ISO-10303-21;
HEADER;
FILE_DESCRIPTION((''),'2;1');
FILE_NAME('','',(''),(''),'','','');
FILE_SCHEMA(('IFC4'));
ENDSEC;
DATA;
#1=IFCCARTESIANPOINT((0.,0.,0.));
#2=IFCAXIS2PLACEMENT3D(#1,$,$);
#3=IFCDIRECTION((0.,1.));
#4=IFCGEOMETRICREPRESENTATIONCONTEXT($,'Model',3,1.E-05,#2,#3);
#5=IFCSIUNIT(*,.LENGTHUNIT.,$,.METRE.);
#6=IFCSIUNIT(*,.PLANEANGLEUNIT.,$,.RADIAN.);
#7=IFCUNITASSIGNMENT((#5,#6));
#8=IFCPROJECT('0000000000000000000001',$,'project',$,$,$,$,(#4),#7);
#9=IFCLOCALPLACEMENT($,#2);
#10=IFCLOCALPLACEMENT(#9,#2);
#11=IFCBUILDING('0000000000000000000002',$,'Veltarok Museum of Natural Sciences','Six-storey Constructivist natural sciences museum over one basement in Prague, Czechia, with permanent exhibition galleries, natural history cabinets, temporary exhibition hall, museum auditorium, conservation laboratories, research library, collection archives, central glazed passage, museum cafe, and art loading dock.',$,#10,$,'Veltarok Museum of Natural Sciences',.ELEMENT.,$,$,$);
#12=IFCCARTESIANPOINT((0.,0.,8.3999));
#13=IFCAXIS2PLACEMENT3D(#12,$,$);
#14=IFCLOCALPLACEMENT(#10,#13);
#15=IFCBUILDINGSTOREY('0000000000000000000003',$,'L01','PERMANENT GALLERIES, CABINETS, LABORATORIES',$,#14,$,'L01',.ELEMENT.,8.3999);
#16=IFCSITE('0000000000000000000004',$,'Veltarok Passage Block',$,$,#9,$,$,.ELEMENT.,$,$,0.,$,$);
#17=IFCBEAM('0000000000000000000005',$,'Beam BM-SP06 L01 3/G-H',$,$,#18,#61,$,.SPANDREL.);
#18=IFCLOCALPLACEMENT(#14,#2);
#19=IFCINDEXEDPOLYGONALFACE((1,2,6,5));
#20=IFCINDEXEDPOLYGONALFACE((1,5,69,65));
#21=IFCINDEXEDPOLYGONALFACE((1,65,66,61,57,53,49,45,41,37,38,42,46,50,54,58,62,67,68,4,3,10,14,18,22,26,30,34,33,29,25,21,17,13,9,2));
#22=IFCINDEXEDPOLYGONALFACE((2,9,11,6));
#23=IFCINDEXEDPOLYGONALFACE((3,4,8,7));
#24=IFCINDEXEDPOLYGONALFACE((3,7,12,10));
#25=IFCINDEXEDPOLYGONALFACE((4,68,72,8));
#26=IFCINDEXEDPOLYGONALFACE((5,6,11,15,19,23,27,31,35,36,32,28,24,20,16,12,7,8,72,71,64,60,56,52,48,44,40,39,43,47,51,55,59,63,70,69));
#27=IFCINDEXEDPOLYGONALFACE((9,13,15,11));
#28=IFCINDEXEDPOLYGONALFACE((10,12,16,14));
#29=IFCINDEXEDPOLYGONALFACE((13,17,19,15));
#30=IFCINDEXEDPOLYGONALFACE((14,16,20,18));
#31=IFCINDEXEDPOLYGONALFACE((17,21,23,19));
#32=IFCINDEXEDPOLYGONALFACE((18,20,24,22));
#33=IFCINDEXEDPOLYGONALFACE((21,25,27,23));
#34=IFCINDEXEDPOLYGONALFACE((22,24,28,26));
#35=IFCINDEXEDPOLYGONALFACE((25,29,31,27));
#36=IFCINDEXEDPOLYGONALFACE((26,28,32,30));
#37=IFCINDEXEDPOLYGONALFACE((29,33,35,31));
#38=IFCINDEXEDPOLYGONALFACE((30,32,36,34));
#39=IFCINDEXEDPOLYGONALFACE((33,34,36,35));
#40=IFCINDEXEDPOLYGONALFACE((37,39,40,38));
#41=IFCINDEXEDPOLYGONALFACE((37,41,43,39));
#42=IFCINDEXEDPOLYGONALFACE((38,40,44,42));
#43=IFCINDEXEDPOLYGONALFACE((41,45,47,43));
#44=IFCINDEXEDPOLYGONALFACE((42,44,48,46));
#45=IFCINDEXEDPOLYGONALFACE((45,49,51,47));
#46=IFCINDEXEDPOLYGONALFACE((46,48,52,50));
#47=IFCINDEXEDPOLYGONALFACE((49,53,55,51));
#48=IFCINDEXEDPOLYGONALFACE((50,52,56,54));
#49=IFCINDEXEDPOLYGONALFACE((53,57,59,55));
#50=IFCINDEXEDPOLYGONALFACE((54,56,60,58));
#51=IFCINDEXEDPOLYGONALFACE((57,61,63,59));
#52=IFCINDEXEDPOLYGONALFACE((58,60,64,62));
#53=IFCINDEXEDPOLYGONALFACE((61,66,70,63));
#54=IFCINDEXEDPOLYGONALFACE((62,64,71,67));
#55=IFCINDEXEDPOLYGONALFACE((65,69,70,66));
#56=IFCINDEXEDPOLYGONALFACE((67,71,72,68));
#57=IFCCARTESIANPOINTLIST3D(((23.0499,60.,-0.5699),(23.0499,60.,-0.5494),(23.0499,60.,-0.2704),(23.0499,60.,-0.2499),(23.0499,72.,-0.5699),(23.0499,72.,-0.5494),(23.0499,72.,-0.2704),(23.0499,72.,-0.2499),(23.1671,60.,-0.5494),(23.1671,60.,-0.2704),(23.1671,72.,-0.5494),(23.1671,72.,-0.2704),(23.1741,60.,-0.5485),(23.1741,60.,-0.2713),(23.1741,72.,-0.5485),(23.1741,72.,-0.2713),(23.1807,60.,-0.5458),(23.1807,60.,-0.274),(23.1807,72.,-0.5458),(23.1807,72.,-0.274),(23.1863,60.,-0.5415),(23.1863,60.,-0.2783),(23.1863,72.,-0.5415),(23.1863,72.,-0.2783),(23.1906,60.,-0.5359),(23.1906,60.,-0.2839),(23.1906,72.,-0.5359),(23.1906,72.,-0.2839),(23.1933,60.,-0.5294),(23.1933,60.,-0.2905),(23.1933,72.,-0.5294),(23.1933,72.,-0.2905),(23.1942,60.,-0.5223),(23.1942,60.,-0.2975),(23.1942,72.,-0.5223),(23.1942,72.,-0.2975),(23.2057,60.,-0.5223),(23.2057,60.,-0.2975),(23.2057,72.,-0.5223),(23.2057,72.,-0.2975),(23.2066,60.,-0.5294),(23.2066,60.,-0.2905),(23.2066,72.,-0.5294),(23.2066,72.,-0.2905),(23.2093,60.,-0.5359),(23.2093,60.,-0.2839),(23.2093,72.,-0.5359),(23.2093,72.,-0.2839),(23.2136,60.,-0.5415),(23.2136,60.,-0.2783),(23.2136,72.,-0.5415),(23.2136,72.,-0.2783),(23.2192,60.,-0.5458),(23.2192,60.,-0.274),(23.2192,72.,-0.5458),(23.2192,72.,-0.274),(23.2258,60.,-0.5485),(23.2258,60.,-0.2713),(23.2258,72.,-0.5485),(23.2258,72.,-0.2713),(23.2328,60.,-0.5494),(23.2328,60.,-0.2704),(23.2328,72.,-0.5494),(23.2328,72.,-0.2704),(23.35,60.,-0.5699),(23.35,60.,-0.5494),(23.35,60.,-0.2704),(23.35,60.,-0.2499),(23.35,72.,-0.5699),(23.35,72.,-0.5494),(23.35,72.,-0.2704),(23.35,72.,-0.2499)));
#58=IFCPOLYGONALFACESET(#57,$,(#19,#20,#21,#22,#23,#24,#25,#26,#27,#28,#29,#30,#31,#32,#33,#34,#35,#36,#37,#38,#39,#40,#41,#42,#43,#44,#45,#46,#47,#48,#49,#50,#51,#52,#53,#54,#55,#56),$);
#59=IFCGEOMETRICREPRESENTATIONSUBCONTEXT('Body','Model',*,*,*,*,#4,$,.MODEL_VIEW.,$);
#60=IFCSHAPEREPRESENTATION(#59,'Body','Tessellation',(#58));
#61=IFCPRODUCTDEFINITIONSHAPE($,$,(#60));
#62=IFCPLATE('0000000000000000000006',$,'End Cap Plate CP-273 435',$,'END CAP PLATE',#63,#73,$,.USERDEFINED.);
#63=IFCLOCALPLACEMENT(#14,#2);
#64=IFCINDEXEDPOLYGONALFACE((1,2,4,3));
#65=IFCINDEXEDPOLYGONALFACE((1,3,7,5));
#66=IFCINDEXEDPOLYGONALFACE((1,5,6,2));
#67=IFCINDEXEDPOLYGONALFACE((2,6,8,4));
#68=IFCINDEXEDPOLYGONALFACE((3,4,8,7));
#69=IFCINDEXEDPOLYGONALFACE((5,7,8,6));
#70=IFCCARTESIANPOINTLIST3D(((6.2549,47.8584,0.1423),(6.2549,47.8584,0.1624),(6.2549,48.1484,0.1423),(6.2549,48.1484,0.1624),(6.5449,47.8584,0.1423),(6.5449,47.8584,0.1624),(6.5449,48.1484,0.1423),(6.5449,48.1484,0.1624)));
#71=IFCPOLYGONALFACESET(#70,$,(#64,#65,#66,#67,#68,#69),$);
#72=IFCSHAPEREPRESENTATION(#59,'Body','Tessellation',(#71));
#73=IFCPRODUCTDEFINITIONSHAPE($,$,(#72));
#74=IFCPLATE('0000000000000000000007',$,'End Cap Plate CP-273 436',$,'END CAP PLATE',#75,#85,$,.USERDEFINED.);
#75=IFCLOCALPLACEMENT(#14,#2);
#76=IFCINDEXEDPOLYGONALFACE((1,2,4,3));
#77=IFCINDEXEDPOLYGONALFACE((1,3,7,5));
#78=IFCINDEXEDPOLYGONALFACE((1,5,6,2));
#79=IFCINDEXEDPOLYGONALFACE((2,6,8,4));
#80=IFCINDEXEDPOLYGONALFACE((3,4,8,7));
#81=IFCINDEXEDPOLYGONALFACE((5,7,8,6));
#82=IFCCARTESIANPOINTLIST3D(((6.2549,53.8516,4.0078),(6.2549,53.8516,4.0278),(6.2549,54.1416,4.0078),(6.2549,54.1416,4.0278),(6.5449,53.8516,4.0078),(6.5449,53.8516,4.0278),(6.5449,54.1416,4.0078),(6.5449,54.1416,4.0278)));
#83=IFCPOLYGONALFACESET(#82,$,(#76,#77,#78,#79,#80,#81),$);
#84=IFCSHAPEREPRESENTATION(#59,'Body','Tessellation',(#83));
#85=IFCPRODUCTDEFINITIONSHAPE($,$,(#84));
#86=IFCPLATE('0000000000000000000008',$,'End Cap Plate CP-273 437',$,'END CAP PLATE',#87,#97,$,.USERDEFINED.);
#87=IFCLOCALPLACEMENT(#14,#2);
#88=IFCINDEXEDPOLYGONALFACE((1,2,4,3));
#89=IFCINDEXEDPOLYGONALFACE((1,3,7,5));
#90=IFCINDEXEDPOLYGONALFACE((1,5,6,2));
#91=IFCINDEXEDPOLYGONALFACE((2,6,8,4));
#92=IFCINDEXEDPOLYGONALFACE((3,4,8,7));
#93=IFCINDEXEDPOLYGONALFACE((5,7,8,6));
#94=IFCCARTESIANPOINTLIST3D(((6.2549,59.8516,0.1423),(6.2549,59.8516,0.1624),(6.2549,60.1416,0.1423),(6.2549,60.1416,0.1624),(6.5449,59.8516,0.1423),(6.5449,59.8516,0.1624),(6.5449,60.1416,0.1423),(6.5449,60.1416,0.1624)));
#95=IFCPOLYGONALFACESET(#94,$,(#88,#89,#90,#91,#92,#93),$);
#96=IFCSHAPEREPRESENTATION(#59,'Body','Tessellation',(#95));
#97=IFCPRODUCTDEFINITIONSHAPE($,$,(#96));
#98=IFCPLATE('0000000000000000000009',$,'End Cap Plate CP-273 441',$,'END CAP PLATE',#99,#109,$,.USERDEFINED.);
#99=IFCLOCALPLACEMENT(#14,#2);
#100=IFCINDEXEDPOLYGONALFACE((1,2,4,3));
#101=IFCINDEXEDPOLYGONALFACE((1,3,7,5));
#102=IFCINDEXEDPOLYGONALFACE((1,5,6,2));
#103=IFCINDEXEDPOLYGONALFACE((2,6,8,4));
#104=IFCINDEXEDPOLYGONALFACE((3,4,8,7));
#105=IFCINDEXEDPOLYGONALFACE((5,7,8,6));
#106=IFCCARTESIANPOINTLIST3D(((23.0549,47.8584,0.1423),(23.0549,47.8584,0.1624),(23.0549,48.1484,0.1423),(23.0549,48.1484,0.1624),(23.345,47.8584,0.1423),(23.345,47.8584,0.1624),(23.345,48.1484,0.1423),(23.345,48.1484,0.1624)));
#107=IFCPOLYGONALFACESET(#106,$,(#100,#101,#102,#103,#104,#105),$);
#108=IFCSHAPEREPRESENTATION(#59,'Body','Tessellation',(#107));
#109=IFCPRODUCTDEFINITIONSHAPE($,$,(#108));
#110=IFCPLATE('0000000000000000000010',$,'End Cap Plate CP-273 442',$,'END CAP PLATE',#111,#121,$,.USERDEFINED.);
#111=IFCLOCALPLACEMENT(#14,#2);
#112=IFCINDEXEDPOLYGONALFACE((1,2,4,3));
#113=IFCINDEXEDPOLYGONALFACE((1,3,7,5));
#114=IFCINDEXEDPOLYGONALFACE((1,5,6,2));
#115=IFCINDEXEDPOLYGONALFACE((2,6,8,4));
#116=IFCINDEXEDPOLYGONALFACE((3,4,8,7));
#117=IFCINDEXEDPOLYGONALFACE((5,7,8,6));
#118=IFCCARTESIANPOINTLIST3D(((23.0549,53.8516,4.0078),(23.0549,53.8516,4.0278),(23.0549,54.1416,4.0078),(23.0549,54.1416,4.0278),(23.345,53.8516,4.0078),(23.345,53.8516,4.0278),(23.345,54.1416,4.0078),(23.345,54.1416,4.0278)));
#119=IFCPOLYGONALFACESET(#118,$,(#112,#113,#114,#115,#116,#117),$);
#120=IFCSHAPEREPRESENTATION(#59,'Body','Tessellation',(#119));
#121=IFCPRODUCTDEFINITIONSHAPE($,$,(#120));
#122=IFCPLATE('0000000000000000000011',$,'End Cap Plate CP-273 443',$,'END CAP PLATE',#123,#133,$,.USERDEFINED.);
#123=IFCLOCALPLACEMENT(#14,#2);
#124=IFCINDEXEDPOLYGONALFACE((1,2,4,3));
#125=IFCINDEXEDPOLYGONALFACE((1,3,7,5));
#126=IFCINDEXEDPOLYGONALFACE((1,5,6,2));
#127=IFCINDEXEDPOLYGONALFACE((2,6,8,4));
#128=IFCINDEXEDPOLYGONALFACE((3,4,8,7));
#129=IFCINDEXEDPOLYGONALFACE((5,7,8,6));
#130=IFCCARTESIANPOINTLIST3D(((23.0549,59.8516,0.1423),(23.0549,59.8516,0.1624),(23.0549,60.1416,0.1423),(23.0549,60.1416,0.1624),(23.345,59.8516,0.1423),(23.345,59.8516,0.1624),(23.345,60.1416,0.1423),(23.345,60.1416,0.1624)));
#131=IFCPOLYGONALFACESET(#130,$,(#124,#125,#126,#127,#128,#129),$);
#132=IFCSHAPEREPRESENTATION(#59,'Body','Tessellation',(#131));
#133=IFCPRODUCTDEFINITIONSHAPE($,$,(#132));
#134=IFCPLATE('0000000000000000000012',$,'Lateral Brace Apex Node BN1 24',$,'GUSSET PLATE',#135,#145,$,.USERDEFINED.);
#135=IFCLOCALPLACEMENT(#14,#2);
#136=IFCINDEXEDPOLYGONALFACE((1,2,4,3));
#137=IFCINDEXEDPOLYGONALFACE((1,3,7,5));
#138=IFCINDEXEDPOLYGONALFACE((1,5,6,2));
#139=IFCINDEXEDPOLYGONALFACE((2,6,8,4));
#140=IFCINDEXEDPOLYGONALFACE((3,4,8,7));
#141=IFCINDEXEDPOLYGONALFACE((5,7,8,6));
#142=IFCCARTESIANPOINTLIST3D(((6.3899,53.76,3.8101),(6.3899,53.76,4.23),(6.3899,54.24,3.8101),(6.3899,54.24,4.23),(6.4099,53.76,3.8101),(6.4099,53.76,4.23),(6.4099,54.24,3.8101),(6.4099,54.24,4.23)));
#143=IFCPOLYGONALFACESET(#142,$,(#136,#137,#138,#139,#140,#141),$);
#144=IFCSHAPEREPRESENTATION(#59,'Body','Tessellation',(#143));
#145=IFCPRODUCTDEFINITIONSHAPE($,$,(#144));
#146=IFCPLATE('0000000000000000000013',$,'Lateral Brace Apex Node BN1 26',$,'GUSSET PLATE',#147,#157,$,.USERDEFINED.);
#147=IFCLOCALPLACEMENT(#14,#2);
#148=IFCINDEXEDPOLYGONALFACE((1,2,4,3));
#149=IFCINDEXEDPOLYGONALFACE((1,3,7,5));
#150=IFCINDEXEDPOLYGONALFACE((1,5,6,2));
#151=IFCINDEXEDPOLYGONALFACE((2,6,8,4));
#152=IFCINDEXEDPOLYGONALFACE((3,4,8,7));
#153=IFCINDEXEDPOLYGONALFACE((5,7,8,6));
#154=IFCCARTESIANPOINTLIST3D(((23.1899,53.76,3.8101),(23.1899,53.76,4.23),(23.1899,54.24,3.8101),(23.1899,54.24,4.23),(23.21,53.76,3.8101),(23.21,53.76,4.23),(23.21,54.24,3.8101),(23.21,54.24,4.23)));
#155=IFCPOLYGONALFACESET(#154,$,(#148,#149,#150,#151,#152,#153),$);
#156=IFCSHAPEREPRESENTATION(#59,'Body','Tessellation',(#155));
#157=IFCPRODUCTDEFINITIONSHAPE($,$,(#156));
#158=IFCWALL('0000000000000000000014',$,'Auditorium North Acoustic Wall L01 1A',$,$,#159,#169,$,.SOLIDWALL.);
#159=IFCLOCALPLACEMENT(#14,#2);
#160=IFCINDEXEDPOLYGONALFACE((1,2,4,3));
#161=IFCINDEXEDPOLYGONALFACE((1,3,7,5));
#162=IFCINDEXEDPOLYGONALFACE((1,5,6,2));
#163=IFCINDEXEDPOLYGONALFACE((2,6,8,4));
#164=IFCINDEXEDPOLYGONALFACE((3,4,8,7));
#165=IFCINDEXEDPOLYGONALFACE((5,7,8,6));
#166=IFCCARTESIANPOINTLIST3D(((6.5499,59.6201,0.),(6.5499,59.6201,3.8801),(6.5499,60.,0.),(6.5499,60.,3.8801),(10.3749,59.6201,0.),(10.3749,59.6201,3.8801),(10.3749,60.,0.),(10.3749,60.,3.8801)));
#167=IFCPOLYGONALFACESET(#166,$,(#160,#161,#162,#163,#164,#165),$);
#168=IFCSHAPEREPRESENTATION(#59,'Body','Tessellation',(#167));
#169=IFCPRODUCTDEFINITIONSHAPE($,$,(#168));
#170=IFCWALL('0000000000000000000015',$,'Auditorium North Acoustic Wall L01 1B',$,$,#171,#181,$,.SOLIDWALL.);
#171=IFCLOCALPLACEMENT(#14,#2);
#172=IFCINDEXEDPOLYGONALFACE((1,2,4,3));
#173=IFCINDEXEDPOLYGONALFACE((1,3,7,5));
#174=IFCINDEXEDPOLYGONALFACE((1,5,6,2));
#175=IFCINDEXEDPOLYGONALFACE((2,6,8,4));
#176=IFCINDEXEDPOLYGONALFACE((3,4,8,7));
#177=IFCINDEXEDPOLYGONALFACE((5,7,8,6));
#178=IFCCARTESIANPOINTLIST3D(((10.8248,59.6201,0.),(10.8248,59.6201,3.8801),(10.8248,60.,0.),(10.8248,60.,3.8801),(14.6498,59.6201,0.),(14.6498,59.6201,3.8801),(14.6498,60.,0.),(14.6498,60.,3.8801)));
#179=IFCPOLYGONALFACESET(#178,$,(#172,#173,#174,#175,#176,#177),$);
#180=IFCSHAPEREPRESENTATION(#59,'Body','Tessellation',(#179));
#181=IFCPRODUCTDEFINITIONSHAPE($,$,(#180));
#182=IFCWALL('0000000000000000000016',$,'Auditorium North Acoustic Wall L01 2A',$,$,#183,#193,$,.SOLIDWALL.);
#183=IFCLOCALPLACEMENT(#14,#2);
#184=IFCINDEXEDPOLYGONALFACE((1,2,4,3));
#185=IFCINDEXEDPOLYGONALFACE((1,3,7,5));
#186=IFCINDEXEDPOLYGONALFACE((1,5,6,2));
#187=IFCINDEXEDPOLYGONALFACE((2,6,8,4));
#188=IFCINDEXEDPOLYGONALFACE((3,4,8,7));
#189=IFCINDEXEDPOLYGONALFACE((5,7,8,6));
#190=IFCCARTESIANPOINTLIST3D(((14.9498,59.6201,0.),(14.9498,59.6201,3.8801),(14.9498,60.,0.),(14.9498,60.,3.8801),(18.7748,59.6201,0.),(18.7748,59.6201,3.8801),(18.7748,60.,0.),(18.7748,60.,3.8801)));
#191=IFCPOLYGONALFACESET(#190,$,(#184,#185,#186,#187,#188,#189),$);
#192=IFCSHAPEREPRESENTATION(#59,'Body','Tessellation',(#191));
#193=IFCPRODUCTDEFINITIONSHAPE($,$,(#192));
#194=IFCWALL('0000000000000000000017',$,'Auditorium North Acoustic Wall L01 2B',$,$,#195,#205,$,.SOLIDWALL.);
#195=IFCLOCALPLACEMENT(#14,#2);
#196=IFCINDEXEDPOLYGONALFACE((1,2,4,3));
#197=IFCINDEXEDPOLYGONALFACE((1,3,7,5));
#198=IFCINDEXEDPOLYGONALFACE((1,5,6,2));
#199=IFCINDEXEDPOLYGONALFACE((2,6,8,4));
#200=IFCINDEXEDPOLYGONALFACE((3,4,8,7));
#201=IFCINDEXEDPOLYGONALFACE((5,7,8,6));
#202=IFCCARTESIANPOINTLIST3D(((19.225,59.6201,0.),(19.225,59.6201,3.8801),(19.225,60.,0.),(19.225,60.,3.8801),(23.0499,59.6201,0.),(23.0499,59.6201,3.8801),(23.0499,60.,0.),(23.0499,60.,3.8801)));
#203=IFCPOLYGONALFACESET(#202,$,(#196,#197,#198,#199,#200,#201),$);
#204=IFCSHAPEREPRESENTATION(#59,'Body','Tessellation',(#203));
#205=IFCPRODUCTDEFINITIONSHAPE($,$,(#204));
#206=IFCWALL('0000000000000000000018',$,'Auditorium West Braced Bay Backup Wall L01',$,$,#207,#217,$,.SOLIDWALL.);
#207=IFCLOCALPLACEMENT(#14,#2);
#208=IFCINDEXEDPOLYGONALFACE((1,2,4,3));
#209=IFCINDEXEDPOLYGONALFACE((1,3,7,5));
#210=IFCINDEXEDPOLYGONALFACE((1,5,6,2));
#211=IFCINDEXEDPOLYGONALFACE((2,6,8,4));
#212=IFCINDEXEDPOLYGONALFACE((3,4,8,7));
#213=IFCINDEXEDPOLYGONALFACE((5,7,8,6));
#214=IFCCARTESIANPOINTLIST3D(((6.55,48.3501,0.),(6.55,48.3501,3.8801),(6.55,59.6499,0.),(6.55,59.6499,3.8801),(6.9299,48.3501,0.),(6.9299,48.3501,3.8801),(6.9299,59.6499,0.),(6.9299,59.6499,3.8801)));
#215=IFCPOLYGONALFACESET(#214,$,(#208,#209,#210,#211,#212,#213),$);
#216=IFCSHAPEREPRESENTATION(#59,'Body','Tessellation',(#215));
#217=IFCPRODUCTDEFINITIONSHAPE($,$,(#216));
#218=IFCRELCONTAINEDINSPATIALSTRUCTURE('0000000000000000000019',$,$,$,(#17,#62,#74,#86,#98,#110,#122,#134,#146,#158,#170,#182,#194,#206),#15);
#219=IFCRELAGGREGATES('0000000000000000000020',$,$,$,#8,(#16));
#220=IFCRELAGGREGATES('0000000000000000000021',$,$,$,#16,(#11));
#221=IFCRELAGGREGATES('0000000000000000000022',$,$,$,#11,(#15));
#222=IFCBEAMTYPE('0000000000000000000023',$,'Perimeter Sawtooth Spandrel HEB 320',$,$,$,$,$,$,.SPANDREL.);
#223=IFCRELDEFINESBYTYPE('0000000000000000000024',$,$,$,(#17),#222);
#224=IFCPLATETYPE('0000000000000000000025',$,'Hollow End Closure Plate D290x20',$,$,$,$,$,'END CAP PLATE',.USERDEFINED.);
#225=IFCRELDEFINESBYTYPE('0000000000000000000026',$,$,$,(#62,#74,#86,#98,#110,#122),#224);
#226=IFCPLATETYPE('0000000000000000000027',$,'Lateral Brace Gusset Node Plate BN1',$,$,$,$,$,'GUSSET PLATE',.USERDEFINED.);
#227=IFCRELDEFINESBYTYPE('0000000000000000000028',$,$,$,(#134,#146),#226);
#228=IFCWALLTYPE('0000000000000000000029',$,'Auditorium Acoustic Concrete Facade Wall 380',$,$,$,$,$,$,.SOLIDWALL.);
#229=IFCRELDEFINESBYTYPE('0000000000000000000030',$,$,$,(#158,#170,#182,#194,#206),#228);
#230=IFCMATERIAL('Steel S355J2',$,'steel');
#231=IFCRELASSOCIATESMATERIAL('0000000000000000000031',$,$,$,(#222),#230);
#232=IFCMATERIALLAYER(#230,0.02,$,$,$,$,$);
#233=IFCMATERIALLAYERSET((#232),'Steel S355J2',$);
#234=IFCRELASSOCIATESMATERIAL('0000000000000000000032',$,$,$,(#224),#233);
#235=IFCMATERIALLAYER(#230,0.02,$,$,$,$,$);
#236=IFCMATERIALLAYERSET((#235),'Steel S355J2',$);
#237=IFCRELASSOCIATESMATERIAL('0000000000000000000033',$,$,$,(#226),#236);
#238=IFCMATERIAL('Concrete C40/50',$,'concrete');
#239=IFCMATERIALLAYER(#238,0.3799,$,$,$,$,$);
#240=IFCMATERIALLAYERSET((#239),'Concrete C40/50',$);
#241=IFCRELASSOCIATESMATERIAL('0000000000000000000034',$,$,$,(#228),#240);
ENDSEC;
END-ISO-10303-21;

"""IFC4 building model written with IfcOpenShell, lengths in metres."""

from ifc_helpers import new_model, si_unit, direction, frame, frame_2d, origin, origin_2d, place, context, subcontext, project, spatial, rectangle, i_section, extrude, material, layer, layer_set, material_profile, profile_set, type_object, element, save


model = new_model("IFC4")

# Units and contexts
model_context = context("Model", 3, precision=1e-05, world=origin(), true_north=direction((0.0, 1.0)))
body_context = subcontext(model_context, "Body", "Model", "MODEL_VIEW")
ifc_project = project(units=[si_unit("LENGTHUNIT", "METRE"), si_unit("PLANEANGLEUNIT", "RADIAN")], contexts=[model_context])

# Site, building, storey
site_placement = place(None, origin())
site = spatial("IfcSite", under=ifc_project, at=site_placement, Name="Veltarok Passage Block", CompositionType="ELEMENT", RefElevation=0.0)
building_placement = place(site_placement, origin())
building = spatial("IfcBuilding", under=site, at=building_placement, Name="Veltarok Museum of Natural Sciences", Description="Six-storey Constructivist natural sciences museum over one basement in Prague, Czechia, with permanent exhibition galleries, natural history cabinets, temporary exhibition hall, museum auditorium, conservation laboratories, research library, collection archives, central glazed passage, museum cafe, and art loading dock.", LongName="Veltarok Museum of Natural Sciences", CompositionType="ELEMENT")
storey_placement = place(building_placement, frame((0.0, 0.0, 8.3999)))
storey = spatial("IfcBuildingStorey", under=building, at=storey_placement, Name="L01", Description="PERMANENT GALLERIES, CABINETS, LABORATORIES", LongName="L01", CompositionType="ELEMENT", Elevation=8.3999)

# Shared definitions
ifc_material_1 = material(Name="Concrete C40/50", Category="concrete")
ifc_material_2 = material(Name="Steel S355J2", Category="steel")

# Beam
ifc_material_profile_1 = material_profile(ifc_material_2, i_section(OverallWidth=0.3, OverallDepth=0.3201, WebThickness=0.0115, FlangeThickness=0.0205, FilletRadius=0.0271, at=origin_2d()), Name="HEB 320")
ifc_profile_set_1 = profile_set([ifc_material_profile_1], Name="Steel S355J2")
beam_type_1 = type_object("IfcBeamType", Name="Perimeter Sawtooth Spandrel HEB 320", PredefinedType="SPANDREL", material=ifc_profile_set_1)
beam_1_placement = place(storey_placement, frame((23.2, 60.0, -0.4099), z_axis=(0.0, 1.0, 0.0), x_axis=(-1.0, 0.0, 0.0)))
element("IfcBeam", 1, at=beam_1_placement, inside=storey, type_object=beam_type_1, Name="Beam BM-SP06 L01 3/G-H", PredefinedType="SPANDREL", context=body_context, shape_type="SweptSolid", body=[
    extrude(i_section(OverallWidth=0.3, OverallDepth=0.3201, WebThickness=0.0115, FlangeThickness=0.0205, FilletRadius=0.0271, at=origin_2d()), origin(), (0.0, 0.0, 1.0), 12.0),
])

# Plates
ifc_layer_1 = layer(ifc_material_2, 0.02)
ifc_layer_set_1 = layer_set([ifc_layer_1], Name="Steel S355J2")
plate_type_1 = type_object("IfcPlateType", Name="Hollow End Closure Plate D290x20", ElementType="END CAP PLATE", PredefinedType="USERDEFINED", material=ifc_layer_set_1)
for number, where, z_axis, x_axis, name in (
    (2, (6.3999, 48.0034, 0.1423), (0.0, 0.0, 1.0), (0.0, 1.0, 0.0), "End Cap Plate CP-273 435"),
    (3, (6.3999, 53.9966, 4.0078), (0.0, 0.0, 1.0), (0.0, 1.0, 0.0), "End Cap Plate CP-273 436"),
    (4, (6.3999, 59.9966, 0.1423), (0.0, 0.0, 1.0), (0.0, 1.0, 0.0), "End Cap Plate CP-273 437"),
    (5, (23.2, 48.0034, 0.1423), (0.0, 0.0, 1.0), (0.0, 1.0, 0.0), "End Cap Plate CP-273 441"),
    (6, (23.2, 53.9966, 4.0078), (0.0, 0.0, 1.0), (0.0, 1.0, 0.0), "End Cap Plate CP-273 442"),
    (7, (23.2, 59.9966, 0.1423), (0.0, 0.0, 1.0), (0.0, 1.0, 0.0), "End Cap Plate CP-273 443"),
):
    element("IfcPlate", number, at=place(storey_placement, frame(where, z_axis=z_axis, x_axis=x_axis)), inside=storey, type_object=plate_type_1, Name=name, ObjectType="END CAP PLATE", PredefinedType="USERDEFINED", context=body_context, shape_type="SweptSolid", body=[
        extrude(rectangle(XDim=0.29, YDim=0.29, at=origin_2d()), origin(), (0.0, 0.0, 1.0), 0.02),
    ])
ifc_layer_2 = layer(ifc_material_2, 0.02)
ifc_layer_set_2 = layer_set([ifc_layer_2], Name="Steel S355J2")
plate_type_2 = type_object("IfcPlateType", Name="Lateral Brace Gusset Node Plate BN1", ElementType="GUSSET PLATE", PredefinedType="USERDEFINED", material=ifc_layer_set_2)
for number, where, z_axis, x_axis, name in (
    (8, (6.3999, 54.0, 3.8101), (0.0, 0.0, 1.0), (1.0, 0.0, 0.0), "Lateral Brace Apex Node BN1 24"),
    (9, (23.2, 54.0, 3.8101), (0.0, 0.0, 1.0), (1.0, 0.0, 0.0), "Lateral Brace Apex Node BN1 26"),
):
    element("IfcPlate", number, at=place(storey_placement, frame(where, z_axis=z_axis, x_axis=x_axis)), inside=storey, type_object=plate_type_2, Name=name, ObjectType="GUSSET PLATE", PredefinedType="USERDEFINED", context=body_context, shape_type="SweptSolid", body=[
        extrude(rectangle(XDim=0.02, YDim=0.48, at=origin_2d()), origin(), (0.0, 0.0, 1.0), 0.4199),
    ])

# Walls
ifc_layer_3 = layer(ifc_material_1, 0.3799)
ifc_layer_set_3 = layer_set([ifc_layer_3], Name="Concrete C40/50")
wall_type_1 = type_object("IfcWallType", Name="Auditorium Acoustic Concrete Facade Wall 380", PredefinedType="SOLIDWALL", material=ifc_layer_set_3)
for number, where, z_axis, x_axis, name in (
    (10, (10.375, 59.8101, 0.0), (0.0, 0.0, 1.0), (-1.0, 0.0, 0.0), "Auditorium North Acoustic Wall L01 1A"),
    (11, (14.6499, 59.8101, 0.0), (0.0, 0.0, 1.0), (-1.0, 0.0, 0.0), "Auditorium North Acoustic Wall L01 1B"),
    (12, (18.7749, 59.8101, 0.0), (0.0, 0.0, 1.0), (-1.0, 0.0, 0.0), "Auditorium North Acoustic Wall L01 2A"),
    (13, (23.05, 59.8101, 0.0), (0.0, 0.0, 1.0), (-1.0, 0.0, 0.0), "Auditorium North Acoustic Wall L01 2B"),
):
    element("IfcWall", number, at=place(storey_placement, frame(where, z_axis=z_axis, x_axis=x_axis)), inside=storey, type_object=wall_type_1, Name=name, PredefinedType="SOLIDWALL", context=body_context, shape_type="SweptSolid", body=[
        extrude(rectangle(XDim=3.825, YDim=0.3799, at=frame_2d((1.9126, 0.0))), origin(), (0.0, 0.0, 1.0), 3.8801),
    ])
wall_1_placement = place(storey_placement, frame((6.74, 59.6499, 0.0), z_axis=(0.0, 0.0, 1.0), x_axis=(0.0, -1.0, 0.0)))
element("IfcWall", 14, at=wall_1_placement, inside=storey, type_object=wall_type_1, Name="Auditorium West Braced Bay Backup Wall L01", PredefinedType="SOLIDWALL", context=body_context, shape_type="SweptSolid", body=[
    extrude(rectangle(XDim=11.2998, YDim=0.3799, at=frame_2d((5.6499, 0.0))), origin(), (0.0, 0.0, 1.0), 3.8801),
])

save(model, "model.ifc")
